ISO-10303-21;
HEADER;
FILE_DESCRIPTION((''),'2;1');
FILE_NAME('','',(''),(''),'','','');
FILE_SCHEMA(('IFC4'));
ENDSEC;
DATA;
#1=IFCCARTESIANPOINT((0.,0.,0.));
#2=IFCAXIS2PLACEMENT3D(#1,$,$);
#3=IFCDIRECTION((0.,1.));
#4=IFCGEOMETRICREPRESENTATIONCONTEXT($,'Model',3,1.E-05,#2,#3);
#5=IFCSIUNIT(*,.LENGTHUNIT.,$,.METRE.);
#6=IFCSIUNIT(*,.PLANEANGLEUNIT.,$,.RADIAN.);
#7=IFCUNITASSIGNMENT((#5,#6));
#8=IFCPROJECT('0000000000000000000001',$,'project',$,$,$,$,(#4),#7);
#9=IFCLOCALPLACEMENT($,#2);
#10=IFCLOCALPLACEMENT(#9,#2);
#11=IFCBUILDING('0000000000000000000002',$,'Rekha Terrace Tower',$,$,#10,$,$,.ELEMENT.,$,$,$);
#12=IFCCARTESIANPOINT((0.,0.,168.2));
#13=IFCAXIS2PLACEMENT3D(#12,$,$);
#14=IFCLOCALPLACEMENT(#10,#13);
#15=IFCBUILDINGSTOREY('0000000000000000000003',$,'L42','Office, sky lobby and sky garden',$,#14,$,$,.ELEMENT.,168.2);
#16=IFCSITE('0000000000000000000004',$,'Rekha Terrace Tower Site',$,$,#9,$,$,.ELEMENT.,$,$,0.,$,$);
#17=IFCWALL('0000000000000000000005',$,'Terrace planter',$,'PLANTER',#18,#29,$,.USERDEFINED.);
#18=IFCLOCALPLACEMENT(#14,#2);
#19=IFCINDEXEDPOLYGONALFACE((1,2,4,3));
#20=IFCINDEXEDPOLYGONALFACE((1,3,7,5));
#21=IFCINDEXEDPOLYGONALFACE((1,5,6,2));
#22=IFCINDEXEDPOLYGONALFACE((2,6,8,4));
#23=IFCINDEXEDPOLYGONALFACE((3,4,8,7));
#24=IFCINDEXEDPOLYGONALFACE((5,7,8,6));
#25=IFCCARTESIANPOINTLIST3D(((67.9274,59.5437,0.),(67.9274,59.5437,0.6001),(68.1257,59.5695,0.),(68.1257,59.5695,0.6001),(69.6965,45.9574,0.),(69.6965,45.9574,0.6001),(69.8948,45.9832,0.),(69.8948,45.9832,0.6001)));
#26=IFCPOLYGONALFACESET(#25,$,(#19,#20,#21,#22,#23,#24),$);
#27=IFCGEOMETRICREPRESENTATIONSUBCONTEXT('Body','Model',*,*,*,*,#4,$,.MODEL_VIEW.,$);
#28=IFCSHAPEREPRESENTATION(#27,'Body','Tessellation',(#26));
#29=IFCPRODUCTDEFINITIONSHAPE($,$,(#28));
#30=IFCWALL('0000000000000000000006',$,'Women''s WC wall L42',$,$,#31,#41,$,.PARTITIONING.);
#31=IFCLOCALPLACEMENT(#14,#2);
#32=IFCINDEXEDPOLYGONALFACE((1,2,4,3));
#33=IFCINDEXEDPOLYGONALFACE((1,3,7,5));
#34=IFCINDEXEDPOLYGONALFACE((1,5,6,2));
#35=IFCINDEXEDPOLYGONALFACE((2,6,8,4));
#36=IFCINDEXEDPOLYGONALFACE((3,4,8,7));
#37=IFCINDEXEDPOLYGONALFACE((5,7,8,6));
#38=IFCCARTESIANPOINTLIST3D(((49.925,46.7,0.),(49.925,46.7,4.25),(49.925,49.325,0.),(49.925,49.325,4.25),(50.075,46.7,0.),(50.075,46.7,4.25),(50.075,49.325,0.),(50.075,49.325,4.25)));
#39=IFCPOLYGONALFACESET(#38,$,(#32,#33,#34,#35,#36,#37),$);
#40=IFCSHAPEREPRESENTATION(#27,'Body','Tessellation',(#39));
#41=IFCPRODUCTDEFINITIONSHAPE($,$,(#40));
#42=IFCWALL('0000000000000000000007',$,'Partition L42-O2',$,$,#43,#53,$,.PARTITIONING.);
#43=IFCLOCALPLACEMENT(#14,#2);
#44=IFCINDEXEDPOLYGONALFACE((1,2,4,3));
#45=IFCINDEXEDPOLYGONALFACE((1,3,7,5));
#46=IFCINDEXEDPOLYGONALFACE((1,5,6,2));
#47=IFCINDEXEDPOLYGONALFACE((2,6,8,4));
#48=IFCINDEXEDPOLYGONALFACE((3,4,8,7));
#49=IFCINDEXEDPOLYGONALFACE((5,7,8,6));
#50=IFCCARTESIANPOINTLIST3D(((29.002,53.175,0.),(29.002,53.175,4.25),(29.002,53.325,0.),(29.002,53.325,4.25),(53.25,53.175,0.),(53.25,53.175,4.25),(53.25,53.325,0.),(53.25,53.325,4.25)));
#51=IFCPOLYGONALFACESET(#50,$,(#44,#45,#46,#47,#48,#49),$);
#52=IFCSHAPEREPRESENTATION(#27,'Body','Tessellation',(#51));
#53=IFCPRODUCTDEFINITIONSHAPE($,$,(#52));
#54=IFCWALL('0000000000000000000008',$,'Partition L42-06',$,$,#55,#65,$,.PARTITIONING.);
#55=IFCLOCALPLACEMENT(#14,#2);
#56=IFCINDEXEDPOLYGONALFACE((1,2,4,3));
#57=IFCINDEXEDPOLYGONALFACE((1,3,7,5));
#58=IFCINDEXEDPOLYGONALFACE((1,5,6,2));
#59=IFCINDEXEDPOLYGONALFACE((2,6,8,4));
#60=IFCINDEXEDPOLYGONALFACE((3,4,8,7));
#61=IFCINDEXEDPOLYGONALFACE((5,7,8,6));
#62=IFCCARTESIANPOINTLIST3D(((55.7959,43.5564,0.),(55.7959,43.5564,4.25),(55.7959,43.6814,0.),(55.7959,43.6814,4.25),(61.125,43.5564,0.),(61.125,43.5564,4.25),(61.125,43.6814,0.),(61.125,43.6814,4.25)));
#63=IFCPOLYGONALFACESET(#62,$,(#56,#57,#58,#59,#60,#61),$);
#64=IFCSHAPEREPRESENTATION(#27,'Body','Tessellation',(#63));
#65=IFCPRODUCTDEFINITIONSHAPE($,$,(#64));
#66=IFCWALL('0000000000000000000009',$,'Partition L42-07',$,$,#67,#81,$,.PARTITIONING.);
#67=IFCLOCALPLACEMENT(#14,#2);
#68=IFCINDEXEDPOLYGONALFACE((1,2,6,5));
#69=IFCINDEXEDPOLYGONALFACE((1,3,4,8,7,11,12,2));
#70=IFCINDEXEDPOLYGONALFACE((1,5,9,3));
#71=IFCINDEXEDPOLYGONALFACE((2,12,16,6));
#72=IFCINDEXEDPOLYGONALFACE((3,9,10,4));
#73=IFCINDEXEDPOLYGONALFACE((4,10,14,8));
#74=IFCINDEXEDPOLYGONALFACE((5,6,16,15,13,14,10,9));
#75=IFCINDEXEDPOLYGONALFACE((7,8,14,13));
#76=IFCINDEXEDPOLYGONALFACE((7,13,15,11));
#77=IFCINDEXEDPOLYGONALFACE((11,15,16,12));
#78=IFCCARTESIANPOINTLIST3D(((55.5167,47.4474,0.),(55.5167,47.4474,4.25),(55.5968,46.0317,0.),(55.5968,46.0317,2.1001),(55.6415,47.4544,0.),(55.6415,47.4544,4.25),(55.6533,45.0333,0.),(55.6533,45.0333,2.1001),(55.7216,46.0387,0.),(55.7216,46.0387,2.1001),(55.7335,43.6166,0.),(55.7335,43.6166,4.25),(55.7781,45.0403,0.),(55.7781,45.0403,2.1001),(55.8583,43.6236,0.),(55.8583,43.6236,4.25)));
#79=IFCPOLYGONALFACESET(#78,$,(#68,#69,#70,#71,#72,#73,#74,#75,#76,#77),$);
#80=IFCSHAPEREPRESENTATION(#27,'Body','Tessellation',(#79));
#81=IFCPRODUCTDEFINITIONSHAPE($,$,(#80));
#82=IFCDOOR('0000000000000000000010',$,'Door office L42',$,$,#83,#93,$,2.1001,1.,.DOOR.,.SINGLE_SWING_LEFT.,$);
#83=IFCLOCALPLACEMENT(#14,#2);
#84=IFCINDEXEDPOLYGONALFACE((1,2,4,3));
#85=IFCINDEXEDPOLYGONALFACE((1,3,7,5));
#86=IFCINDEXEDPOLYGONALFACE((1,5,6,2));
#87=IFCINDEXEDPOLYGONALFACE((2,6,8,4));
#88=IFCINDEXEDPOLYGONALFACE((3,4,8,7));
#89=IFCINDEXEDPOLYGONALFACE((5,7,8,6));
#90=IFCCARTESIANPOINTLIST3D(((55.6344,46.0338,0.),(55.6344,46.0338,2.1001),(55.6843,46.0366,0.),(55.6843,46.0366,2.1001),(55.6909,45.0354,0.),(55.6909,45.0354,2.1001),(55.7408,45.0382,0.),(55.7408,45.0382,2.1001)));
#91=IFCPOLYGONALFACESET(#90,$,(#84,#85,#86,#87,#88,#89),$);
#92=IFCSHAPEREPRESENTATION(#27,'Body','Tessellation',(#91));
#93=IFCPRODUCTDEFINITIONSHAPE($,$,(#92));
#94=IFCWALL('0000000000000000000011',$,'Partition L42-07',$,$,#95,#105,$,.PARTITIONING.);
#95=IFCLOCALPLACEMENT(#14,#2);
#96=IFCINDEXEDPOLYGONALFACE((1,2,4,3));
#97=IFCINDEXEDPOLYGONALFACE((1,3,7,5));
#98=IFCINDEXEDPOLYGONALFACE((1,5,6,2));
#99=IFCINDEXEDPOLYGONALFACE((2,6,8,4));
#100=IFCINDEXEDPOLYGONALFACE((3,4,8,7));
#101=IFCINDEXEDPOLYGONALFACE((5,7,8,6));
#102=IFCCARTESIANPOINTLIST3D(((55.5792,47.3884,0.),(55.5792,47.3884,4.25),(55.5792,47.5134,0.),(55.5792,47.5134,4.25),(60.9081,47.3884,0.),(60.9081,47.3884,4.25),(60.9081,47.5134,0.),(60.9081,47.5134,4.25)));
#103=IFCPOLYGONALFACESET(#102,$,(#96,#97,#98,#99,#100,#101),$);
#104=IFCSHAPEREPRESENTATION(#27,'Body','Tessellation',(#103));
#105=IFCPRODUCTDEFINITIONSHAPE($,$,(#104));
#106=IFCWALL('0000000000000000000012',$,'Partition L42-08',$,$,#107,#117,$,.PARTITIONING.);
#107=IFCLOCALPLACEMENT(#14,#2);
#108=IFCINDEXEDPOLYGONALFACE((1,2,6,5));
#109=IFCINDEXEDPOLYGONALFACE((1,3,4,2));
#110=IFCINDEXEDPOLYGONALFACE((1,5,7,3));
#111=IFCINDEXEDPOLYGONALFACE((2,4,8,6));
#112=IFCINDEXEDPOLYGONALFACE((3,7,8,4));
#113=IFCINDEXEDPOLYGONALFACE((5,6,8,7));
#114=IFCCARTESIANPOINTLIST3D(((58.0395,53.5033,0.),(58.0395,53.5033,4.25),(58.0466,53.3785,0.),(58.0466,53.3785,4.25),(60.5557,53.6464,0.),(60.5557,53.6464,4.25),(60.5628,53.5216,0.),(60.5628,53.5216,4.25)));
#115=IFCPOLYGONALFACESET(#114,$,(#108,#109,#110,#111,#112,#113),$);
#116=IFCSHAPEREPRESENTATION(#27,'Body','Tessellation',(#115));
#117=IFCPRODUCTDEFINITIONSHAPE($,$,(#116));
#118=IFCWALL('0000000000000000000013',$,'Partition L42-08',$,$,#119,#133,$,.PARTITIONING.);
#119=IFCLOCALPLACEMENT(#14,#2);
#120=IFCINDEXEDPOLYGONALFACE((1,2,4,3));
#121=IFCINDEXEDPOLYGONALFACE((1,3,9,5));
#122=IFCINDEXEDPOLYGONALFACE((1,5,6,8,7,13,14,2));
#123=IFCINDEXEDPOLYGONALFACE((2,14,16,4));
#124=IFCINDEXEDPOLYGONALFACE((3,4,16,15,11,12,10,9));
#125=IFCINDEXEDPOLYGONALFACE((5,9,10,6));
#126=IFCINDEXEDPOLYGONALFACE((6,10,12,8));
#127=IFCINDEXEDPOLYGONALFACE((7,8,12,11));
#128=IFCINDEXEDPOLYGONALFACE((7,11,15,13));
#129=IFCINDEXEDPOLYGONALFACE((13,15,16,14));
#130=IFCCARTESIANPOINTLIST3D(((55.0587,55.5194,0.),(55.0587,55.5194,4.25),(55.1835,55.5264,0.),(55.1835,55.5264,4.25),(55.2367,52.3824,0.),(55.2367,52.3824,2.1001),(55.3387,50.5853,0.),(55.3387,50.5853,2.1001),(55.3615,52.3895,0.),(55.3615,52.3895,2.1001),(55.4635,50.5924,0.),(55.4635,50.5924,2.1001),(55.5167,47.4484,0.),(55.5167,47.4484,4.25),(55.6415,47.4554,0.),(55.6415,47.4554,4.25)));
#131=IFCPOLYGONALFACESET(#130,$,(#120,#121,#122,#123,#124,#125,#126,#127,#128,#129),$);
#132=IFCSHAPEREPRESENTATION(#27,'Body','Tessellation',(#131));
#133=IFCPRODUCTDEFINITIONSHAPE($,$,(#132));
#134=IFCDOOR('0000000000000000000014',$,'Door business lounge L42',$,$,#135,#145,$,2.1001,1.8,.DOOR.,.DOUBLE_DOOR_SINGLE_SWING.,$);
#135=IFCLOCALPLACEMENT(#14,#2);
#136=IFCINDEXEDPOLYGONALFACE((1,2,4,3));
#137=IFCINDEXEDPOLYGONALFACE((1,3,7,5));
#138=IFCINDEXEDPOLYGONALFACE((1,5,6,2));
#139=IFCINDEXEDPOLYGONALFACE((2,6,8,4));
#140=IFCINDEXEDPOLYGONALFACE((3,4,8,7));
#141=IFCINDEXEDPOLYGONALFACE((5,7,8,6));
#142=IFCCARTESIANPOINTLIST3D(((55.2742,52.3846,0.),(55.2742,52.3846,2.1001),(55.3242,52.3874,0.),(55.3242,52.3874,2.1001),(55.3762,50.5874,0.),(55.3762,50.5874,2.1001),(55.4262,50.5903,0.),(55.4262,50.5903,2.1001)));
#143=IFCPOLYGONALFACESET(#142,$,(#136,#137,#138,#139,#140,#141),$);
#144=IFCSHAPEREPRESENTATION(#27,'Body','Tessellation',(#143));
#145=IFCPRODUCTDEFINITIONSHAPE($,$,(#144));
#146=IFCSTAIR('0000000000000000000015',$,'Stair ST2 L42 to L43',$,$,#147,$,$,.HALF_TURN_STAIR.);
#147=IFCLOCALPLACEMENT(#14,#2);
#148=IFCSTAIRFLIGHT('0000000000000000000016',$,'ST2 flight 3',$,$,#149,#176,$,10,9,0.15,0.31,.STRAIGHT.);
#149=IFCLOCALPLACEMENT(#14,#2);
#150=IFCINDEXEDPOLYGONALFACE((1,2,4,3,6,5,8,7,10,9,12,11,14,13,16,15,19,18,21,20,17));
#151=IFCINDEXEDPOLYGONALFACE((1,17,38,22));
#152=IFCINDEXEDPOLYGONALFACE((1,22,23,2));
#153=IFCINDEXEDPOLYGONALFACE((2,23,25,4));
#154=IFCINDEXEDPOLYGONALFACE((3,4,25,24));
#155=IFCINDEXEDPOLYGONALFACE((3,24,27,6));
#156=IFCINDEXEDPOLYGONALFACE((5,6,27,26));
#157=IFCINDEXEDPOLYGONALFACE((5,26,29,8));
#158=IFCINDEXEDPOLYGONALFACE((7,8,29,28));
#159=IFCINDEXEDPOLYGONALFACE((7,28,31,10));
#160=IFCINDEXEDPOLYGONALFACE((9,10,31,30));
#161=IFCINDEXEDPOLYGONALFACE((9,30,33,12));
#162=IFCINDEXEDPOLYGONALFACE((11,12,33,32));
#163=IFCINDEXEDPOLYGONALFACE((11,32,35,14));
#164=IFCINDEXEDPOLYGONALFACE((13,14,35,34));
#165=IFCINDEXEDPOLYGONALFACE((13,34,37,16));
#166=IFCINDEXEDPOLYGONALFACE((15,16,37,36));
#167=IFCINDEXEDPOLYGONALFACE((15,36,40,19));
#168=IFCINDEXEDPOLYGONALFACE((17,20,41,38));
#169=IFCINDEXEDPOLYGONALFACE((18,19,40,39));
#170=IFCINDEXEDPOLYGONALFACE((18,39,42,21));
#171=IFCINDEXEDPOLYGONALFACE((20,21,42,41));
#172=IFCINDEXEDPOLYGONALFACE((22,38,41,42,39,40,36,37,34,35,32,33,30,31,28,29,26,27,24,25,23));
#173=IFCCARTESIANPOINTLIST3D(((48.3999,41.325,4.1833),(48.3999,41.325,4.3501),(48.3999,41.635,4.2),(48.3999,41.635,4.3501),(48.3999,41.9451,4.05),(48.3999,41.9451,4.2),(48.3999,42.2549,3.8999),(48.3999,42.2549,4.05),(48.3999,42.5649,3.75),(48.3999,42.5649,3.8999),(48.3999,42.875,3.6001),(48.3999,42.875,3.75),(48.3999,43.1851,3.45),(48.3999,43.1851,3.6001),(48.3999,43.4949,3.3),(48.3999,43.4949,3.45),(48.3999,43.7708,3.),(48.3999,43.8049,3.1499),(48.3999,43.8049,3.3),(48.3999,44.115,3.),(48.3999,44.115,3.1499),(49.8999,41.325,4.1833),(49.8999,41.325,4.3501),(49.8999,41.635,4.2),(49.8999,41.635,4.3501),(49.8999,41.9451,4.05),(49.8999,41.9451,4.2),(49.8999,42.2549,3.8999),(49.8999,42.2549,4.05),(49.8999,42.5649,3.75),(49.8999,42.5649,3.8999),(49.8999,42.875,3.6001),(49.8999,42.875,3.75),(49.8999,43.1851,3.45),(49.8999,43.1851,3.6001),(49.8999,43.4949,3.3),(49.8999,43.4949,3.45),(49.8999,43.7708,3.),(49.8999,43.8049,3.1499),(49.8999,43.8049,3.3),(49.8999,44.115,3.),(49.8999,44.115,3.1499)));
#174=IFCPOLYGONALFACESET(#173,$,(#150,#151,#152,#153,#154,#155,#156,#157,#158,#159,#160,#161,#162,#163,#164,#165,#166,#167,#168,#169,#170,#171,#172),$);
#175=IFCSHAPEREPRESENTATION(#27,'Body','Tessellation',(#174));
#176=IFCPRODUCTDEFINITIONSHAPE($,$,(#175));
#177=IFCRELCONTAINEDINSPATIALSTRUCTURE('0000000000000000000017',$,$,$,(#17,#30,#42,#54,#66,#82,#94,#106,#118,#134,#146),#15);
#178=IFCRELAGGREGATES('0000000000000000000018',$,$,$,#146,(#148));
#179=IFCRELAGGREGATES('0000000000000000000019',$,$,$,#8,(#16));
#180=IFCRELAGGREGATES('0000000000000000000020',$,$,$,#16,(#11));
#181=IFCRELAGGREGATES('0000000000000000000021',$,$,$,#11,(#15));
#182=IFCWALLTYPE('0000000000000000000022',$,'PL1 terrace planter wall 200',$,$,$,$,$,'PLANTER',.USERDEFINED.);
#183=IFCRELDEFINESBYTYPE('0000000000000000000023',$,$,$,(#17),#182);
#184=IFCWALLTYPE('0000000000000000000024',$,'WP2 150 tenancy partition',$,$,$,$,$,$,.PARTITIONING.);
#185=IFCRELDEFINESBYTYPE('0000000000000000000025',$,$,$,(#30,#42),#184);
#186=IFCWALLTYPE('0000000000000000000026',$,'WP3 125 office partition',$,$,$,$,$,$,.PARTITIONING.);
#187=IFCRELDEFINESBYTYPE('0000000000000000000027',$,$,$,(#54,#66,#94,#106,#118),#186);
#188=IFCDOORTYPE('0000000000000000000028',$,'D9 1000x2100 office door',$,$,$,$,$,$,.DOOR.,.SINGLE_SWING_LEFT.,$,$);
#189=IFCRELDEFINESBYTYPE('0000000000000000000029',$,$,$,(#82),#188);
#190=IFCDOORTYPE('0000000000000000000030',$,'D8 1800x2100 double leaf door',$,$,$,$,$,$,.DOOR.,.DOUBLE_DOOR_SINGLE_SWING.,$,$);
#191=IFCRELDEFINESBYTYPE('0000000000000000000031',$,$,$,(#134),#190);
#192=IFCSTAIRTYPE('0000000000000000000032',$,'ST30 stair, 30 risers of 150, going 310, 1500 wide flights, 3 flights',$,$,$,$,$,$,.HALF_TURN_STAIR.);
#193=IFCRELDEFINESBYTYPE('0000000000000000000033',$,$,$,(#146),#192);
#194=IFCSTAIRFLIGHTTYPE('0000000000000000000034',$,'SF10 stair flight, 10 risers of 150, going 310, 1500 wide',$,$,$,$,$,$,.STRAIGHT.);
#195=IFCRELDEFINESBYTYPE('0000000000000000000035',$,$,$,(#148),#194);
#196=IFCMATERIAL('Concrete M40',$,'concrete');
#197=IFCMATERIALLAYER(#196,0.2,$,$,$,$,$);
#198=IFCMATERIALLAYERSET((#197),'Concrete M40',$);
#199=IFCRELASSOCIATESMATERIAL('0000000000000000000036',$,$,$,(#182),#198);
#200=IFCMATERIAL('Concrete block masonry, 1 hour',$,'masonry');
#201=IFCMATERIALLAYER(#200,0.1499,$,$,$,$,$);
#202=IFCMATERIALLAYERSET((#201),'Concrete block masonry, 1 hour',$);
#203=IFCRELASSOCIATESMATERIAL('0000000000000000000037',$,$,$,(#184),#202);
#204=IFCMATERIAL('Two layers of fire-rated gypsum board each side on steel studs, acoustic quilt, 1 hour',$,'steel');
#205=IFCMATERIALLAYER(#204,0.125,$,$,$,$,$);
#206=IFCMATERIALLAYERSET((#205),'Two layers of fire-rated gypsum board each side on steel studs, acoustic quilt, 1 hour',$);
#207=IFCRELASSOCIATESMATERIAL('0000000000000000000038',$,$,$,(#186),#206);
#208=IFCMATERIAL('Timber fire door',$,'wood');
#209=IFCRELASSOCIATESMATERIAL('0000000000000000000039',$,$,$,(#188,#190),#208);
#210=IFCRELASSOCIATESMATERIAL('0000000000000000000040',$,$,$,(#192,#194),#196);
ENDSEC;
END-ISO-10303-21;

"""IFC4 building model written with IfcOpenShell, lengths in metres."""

from ifc_helpers import new_model, si_unit, direction, frame, frame_2d, origin, place, context, subcontext, project, spatial, polyline, rectangle, outline, extrude, material, layer, layer_set, type_object, element, fill, aggregate, save


model = new_model("IFC4")

# Units and contexts
model_context = context("Model", 3, precision=1e-05, world=origin(), true_north=direction((0.0, 1.0)))
body_context = subcontext(model_context, "Body", "Model", "MODEL_VIEW")
ifc_project = project(units=[si_unit("LENGTHUNIT", "METRE"), si_unit("PLANEANGLEUNIT", "RADIAN")], contexts=[model_context])

# Site, building, storey
site_placement = place(None, origin())
site = spatial("IfcSite", under=ifc_project, at=site_placement, Name="Rekha Terrace Tower Site", CompositionType="ELEMENT", RefElevation=0.0)
building_placement = place(site_placement, origin())
building = spatial("IfcBuilding", under=site, at=building_placement, Name="Rekha Terrace Tower", CompositionType="ELEMENT")
storey_placement = place(building_placement, frame((0.0, 0.0, 168.2)))
storey = spatial("IfcBuildingStorey", under=building, at=storey_placement, Name="L42", Description="Office, sky lobby and sky garden", CompositionType="ELEMENT", Elevation=168.2)

# Walls
ifc_material_1 = material(Name="Concrete M40", Category="concrete")
ifc_layer_1 = layer(ifc_material_1, 0.2)
ifc_layer_set_1 = layer_set([ifc_layer_1], Name="Concrete M40")
wall_type_1 = type_object("IfcWallType", Name="PL1 terrace planter wall 200", ElementType="PLANTER", PredefinedType="USERDEFINED", material=ifc_layer_set_1)
wall_1_placement = place(storey_placement, frame((69.7957, 45.9702, 0.0), z_axis=(0.0, 0.0, 1.0), x_axis=(-0.129119, 0.991629, 0.0)))
element("IfcWall", 1, at=wall_1_placement, inside=storey, type_object=wall_type_1, Name="Terrace planter", ObjectType="PLANTER", PredefinedType="USERDEFINED", context=body_context, shape_type="SweptSolid", body=[
    extrude(rectangle(XDim=13.7009, YDim=0.2, at=frame_2d((6.8506, 0.0))), origin(), (0.0, 0.0, 1.0), 0.6001),
])
ifc_material_2 = material(Name="Concrete block masonry, 1 hour", Category="masonry")
ifc_layer_2 = layer(ifc_material_2, 0.1499)
ifc_layer_set_2 = layer_set([ifc_layer_2], Name="Concrete block masonry, 1 hour")
wall_type_2 = type_object("IfcWallType", Name="WP2 150 tenancy partition", PredefinedType="PARTITIONING", material=ifc_layer_set_2)
wall_2_placement = place(storey_placement, frame((50.0, 46.7, 0.0), z_axis=(0.0, 0.0, 1.0), x_axis=(0.0, 1.0, 0.0)))
element("IfcWall", 2, at=wall_2_placement, inside=storey, type_object=wall_type_2, Name="Women's WC wall L42", PredefinedType="PARTITIONING", context=body_context, shape_type="SweptSolid", body=[
    extrude(rectangle(XDim=2.625, YDim=0.1499, at=frame_2d((1.3125, 0.0))), origin(), (0.0, 0.0, 1.0), 4.25),
])
wall_3_placement = place(storey_placement, frame((53.25, 53.25, 0.0), z_axis=(0.0, 0.0, 1.0), x_axis=(-1.0, 0.0, 0.0)))
element("IfcWall", 3, at=wall_3_placement, inside=storey, type_object=wall_type_2, Name="Partition L42-O2", PredefinedType="PARTITIONING", context=body_context, shape_type="SweptSolid", body=[
    extrude(rectangle(XDim=24.248, YDim=0.1499, at=frame_2d((12.124, 0.0))), origin(), (0.0, 0.0, 1.0), 4.25),
])
ifc_material_3 = material(Name="Two layers of fire-rated gypsum board each side on steel studs, acoustic quilt, 1 hour", Category="steel")
ifc_layer_3 = layer(ifc_material_3, 0.125)
ifc_layer_set_3 = layer_set([ifc_layer_3], Name="Two layers of fire-rated gypsum board each side on steel studs, acoustic quilt, 1 hour")
wall_type_3 = type_object("IfcWallType", Name="WP3 125 office partition", PredefinedType="PARTITIONING", material=ifc_layer_set_3)
wall_4_placement = place(storey_placement, frame((55.7959, 43.6189, 0.0), z_axis=(0.0, 0.0, 1.0), x_axis=(1.0, 0.0, 0.0)))
element("IfcWall", 4, at=wall_4_placement, inside=storey, type_object=wall_type_3, Name="Partition L42-06", PredefinedType="PARTITIONING", context=body_context, shape_type="SweptSolid", body=[
    extrude(rectangle(XDim=5.3291, YDim=0.125, at=frame_2d((2.6646, 0.0))), origin(), (0.0, 0.0, 1.0), 4.25),
])

# Wall, opening, door
wall_5_placement = place(storey_placement, frame((55.7959, 43.6201, 0.0), z_axis=(0.0, 0.0, 1.0), x_axis=(-0.056503, 0.998402, 0.0)))
wall_5 = element("IfcWall", 5, at=wall_5_placement, inside=storey, type_object=wall_type_3, Name="Partition L42-07", PredefinedType="PARTITIONING", context=body_context, shape_type="SweptSolid", body=[
    extrude(rectangle(XDim=3.8369, YDim=0.125, at=frame_2d((1.9185, 0.0))), origin(), (0.0, 0.0, 1.0), 4.25),
])
opening_1_placement = place(wall_5_placement, frame((1.4189, 0.0, 0.0)))
opening_1 = element("IfcOpeningElement", 6, at=opening_1_placement, cuts=wall_5, PredefinedType="OPENING", context=body_context, shape_type="SweptSolid", body=[
    extrude(rectangle(XDim=1.0, YDim=2.1001, at=frame_2d((0.5, 1.05))), frame((0.0, 0.0725, 0.0), z_axis=(0.0, -1.0, 0.0), x_axis=(1.0, 0.0, 0.0)), (0.0, 0.0, 1.0), 0.145),
])
ifc_material_4 = material(Name="Timber fire door", Category="wood")
door_type_1 = type_object("IfcDoorType", Name="D9 1000x2100 office door", OperationType="SINGLE_SWING_LEFT", PredefinedType="DOOR", material=ifc_material_4)
door_1_placement = place(opening_1_placement, origin())
door_1 = element("IfcDoor", 7, at=door_1_placement, inside=storey, type_object=door_type_1, Name="Door office L42", OperationType="SINGLE_SWING_LEFT", OverallHeight=2.1001, OverallWidth=1.0, PredefinedType="DOOR", context=body_context, shape_type="SweptSolid", body=[
    extrude(rectangle(XDim=1.0, YDim=2.1001, at=frame_2d((0.5, 1.05))), frame((0.0, 0.0249, 0.0), z_axis=(0.0, -1.0, 0.0), x_axis=(1.0, 0.0, 0.0)), (0.0, 0.0, 1.0), 0.05),
])
fill(opening_1, door_1)

# Walls
wall_6_placement = place(storey_placement, frame((55.5791, 47.4509, 0.0), z_axis=(0.0, 0.0, 1.0), x_axis=(1.0, 0.0, 0.0)))
element("IfcWall", 8, at=wall_6_placement, inside=storey, type_object=wall_type_3, Name="Partition L42-07", PredefinedType="PARTITIONING", context=body_context, shape_type="SweptSolid", body=[
    extrude(rectangle(XDim=5.3289, YDim=0.125, at=frame_2d((2.6646, 0.0))), origin(), (0.0, 0.0, 1.0), 4.25),
])
wall_7_placement = place(storey_placement, frame((58.043, 53.4409, 0.0), z_axis=(0.0, 0.0, 1.0), x_axis=(0.998387, 0.056768, 0.0)))
element("IfcWall", 9, at=wall_7_placement, inside=storey, type_object=wall_type_3, Name="Partition L42-08", PredefinedType="PARTITIONING", context=body_context, shape_type="SweptSolid", body=[
    extrude(rectangle(XDim=2.5203, YDim=0.125, at=frame_2d((1.2603, 0.0))), origin(), (0.0, 0.0, 1.0), 4.25),
])

# Wall, opening, door
wall_8_placement = place(storey_placement, frame((55.5791, 47.4519, 0.0), z_axis=(0.0, 0.0, 1.0), x_axis=(-0.056656, 0.998394, 0.0)))
wall_8 = element("IfcWall", 10, at=wall_8_placement, inside=storey, type_object=wall_type_3, Name="Partition L42-08", PredefinedType="PARTITIONING", context=body_context, shape_type="SweptSolid", body=[
    extrude(rectangle(XDim=8.084, YDim=0.125, at=frame_2d((4.042, 0.0))), origin(), (0.0, 0.0, 1.0), 4.25),
])
opening_2_placement = place(wall_8_placement, frame((3.1421, 0.0, 0.0)))
opening_2 = element("IfcOpeningElement", 11, at=opening_2_placement, cuts=wall_8, PredefinedType="OPENING", context=body_context, shape_type="SweptSolid", body=[
    extrude(rectangle(XDim=1.8, YDim=2.1001, at=frame_2d((0.8999, 1.05))), frame((0.0, 0.0725, 0.0), z_axis=(0.0, -1.0, 0.0), x_axis=(1.0, 0.0, 0.0)), (0.0, 0.0, 1.0), 0.145),
])
door_type_2 = type_object("IfcDoorType", Name="D8 1800x2100 double leaf door", OperationType="DOUBLE_DOOR_SINGLE_SWING", PredefinedType="DOOR", material=ifc_material_4)
door_2_placement = place(opening_2_placement, origin())
door_2 = element("IfcDoor", 12, at=door_2_placement, inside=storey, type_object=door_type_2, Name="Door business lounge L42", OperationType="DOUBLE_DOOR_SINGLE_SWING", OverallHeight=2.1001, OverallWidth=1.8, PredefinedType="DOOR", context=body_context, shape_type="SweptSolid", body=[
    extrude(rectangle(XDim=1.8, YDim=2.1001, at=frame_2d((0.8999, 1.05))), frame((0.0, 0.0249, 0.0), z_axis=(0.0, -1.0, 0.0), x_axis=(1.0, 0.0, 0.0)), (0.0, 0.0, 1.0), 0.05),
])
fill(opening_2, door_2)

# Stair, stair flight
stair_type = type_object("IfcStairType", Name="ST30 stair, 30 risers of 150, going 310, 1500 wide flights, 3 flights", PredefinedType="HALF_TURN_STAIR", material=ifc_material_1)
stair_placement = place(storey_placement, origin())
stair = element("IfcStair", 13, at=stair_placement, inside=storey, type_object=stair_type, Name="Stair ST2 L42 to L43", PredefinedType="HALF_TURN_STAIR")
stair_flight_type = type_object("IfcStairFlightType", Name="SF10 stair flight, 10 risers of 150, going 310, 1500 wide", PredefinedType="STRAIGHT", material=ifc_material_1)
stair_flight_placement = place(storey_placement, frame((49.1499, 44.115, 3.0), z_axis=(0.0, 0.0, 1.0), x_axis=(0.0, -1.0, 0.0)))
stair_flight = element("IfcStairFlight", 14, at=stair_flight_placement, type_object=stair_flight_type, Name="ST2 flight 3", NumberOfRisers=10, NumberOfTreads=9, PredefinedType="STRAIGHT", RiserHeight=0.15, TreadLength=0.31, context=body_context, shape_type="SweptSolid", body=[
    extrude(outline(polyline([(0.0, 0.0), (0.0, 0.1499), (0.3101, 0.1499), (0.3101, 0.3), (0.6201, 0.3), (0.6201, 0.45), (0.9299, 0.45), (0.9299, 0.6001), (1.24, 0.6001), (1.24, 0.75), (1.55, 0.75), (1.55, 0.8999), (1.8601, 0.8999), (1.8601, 1.05), (2.1699, 1.05), (2.1699, 1.2), (2.48, 1.2), (2.48, 1.3501), (2.79, 1.3501), (2.79, 1.5), (2.79, 1.1833), (0.3442, 0.0), (0.0, 0.0)])), frame((0.0, 0.75, 0.0), z_axis=(0.0, -1.0, 0.0), x_axis=(1.0, 0.0, 0.0)), (0.0, 0.0, 1.0), 1.5),
])
aggregate(stair, [stair_flight])

save(model, "model.ifc")
